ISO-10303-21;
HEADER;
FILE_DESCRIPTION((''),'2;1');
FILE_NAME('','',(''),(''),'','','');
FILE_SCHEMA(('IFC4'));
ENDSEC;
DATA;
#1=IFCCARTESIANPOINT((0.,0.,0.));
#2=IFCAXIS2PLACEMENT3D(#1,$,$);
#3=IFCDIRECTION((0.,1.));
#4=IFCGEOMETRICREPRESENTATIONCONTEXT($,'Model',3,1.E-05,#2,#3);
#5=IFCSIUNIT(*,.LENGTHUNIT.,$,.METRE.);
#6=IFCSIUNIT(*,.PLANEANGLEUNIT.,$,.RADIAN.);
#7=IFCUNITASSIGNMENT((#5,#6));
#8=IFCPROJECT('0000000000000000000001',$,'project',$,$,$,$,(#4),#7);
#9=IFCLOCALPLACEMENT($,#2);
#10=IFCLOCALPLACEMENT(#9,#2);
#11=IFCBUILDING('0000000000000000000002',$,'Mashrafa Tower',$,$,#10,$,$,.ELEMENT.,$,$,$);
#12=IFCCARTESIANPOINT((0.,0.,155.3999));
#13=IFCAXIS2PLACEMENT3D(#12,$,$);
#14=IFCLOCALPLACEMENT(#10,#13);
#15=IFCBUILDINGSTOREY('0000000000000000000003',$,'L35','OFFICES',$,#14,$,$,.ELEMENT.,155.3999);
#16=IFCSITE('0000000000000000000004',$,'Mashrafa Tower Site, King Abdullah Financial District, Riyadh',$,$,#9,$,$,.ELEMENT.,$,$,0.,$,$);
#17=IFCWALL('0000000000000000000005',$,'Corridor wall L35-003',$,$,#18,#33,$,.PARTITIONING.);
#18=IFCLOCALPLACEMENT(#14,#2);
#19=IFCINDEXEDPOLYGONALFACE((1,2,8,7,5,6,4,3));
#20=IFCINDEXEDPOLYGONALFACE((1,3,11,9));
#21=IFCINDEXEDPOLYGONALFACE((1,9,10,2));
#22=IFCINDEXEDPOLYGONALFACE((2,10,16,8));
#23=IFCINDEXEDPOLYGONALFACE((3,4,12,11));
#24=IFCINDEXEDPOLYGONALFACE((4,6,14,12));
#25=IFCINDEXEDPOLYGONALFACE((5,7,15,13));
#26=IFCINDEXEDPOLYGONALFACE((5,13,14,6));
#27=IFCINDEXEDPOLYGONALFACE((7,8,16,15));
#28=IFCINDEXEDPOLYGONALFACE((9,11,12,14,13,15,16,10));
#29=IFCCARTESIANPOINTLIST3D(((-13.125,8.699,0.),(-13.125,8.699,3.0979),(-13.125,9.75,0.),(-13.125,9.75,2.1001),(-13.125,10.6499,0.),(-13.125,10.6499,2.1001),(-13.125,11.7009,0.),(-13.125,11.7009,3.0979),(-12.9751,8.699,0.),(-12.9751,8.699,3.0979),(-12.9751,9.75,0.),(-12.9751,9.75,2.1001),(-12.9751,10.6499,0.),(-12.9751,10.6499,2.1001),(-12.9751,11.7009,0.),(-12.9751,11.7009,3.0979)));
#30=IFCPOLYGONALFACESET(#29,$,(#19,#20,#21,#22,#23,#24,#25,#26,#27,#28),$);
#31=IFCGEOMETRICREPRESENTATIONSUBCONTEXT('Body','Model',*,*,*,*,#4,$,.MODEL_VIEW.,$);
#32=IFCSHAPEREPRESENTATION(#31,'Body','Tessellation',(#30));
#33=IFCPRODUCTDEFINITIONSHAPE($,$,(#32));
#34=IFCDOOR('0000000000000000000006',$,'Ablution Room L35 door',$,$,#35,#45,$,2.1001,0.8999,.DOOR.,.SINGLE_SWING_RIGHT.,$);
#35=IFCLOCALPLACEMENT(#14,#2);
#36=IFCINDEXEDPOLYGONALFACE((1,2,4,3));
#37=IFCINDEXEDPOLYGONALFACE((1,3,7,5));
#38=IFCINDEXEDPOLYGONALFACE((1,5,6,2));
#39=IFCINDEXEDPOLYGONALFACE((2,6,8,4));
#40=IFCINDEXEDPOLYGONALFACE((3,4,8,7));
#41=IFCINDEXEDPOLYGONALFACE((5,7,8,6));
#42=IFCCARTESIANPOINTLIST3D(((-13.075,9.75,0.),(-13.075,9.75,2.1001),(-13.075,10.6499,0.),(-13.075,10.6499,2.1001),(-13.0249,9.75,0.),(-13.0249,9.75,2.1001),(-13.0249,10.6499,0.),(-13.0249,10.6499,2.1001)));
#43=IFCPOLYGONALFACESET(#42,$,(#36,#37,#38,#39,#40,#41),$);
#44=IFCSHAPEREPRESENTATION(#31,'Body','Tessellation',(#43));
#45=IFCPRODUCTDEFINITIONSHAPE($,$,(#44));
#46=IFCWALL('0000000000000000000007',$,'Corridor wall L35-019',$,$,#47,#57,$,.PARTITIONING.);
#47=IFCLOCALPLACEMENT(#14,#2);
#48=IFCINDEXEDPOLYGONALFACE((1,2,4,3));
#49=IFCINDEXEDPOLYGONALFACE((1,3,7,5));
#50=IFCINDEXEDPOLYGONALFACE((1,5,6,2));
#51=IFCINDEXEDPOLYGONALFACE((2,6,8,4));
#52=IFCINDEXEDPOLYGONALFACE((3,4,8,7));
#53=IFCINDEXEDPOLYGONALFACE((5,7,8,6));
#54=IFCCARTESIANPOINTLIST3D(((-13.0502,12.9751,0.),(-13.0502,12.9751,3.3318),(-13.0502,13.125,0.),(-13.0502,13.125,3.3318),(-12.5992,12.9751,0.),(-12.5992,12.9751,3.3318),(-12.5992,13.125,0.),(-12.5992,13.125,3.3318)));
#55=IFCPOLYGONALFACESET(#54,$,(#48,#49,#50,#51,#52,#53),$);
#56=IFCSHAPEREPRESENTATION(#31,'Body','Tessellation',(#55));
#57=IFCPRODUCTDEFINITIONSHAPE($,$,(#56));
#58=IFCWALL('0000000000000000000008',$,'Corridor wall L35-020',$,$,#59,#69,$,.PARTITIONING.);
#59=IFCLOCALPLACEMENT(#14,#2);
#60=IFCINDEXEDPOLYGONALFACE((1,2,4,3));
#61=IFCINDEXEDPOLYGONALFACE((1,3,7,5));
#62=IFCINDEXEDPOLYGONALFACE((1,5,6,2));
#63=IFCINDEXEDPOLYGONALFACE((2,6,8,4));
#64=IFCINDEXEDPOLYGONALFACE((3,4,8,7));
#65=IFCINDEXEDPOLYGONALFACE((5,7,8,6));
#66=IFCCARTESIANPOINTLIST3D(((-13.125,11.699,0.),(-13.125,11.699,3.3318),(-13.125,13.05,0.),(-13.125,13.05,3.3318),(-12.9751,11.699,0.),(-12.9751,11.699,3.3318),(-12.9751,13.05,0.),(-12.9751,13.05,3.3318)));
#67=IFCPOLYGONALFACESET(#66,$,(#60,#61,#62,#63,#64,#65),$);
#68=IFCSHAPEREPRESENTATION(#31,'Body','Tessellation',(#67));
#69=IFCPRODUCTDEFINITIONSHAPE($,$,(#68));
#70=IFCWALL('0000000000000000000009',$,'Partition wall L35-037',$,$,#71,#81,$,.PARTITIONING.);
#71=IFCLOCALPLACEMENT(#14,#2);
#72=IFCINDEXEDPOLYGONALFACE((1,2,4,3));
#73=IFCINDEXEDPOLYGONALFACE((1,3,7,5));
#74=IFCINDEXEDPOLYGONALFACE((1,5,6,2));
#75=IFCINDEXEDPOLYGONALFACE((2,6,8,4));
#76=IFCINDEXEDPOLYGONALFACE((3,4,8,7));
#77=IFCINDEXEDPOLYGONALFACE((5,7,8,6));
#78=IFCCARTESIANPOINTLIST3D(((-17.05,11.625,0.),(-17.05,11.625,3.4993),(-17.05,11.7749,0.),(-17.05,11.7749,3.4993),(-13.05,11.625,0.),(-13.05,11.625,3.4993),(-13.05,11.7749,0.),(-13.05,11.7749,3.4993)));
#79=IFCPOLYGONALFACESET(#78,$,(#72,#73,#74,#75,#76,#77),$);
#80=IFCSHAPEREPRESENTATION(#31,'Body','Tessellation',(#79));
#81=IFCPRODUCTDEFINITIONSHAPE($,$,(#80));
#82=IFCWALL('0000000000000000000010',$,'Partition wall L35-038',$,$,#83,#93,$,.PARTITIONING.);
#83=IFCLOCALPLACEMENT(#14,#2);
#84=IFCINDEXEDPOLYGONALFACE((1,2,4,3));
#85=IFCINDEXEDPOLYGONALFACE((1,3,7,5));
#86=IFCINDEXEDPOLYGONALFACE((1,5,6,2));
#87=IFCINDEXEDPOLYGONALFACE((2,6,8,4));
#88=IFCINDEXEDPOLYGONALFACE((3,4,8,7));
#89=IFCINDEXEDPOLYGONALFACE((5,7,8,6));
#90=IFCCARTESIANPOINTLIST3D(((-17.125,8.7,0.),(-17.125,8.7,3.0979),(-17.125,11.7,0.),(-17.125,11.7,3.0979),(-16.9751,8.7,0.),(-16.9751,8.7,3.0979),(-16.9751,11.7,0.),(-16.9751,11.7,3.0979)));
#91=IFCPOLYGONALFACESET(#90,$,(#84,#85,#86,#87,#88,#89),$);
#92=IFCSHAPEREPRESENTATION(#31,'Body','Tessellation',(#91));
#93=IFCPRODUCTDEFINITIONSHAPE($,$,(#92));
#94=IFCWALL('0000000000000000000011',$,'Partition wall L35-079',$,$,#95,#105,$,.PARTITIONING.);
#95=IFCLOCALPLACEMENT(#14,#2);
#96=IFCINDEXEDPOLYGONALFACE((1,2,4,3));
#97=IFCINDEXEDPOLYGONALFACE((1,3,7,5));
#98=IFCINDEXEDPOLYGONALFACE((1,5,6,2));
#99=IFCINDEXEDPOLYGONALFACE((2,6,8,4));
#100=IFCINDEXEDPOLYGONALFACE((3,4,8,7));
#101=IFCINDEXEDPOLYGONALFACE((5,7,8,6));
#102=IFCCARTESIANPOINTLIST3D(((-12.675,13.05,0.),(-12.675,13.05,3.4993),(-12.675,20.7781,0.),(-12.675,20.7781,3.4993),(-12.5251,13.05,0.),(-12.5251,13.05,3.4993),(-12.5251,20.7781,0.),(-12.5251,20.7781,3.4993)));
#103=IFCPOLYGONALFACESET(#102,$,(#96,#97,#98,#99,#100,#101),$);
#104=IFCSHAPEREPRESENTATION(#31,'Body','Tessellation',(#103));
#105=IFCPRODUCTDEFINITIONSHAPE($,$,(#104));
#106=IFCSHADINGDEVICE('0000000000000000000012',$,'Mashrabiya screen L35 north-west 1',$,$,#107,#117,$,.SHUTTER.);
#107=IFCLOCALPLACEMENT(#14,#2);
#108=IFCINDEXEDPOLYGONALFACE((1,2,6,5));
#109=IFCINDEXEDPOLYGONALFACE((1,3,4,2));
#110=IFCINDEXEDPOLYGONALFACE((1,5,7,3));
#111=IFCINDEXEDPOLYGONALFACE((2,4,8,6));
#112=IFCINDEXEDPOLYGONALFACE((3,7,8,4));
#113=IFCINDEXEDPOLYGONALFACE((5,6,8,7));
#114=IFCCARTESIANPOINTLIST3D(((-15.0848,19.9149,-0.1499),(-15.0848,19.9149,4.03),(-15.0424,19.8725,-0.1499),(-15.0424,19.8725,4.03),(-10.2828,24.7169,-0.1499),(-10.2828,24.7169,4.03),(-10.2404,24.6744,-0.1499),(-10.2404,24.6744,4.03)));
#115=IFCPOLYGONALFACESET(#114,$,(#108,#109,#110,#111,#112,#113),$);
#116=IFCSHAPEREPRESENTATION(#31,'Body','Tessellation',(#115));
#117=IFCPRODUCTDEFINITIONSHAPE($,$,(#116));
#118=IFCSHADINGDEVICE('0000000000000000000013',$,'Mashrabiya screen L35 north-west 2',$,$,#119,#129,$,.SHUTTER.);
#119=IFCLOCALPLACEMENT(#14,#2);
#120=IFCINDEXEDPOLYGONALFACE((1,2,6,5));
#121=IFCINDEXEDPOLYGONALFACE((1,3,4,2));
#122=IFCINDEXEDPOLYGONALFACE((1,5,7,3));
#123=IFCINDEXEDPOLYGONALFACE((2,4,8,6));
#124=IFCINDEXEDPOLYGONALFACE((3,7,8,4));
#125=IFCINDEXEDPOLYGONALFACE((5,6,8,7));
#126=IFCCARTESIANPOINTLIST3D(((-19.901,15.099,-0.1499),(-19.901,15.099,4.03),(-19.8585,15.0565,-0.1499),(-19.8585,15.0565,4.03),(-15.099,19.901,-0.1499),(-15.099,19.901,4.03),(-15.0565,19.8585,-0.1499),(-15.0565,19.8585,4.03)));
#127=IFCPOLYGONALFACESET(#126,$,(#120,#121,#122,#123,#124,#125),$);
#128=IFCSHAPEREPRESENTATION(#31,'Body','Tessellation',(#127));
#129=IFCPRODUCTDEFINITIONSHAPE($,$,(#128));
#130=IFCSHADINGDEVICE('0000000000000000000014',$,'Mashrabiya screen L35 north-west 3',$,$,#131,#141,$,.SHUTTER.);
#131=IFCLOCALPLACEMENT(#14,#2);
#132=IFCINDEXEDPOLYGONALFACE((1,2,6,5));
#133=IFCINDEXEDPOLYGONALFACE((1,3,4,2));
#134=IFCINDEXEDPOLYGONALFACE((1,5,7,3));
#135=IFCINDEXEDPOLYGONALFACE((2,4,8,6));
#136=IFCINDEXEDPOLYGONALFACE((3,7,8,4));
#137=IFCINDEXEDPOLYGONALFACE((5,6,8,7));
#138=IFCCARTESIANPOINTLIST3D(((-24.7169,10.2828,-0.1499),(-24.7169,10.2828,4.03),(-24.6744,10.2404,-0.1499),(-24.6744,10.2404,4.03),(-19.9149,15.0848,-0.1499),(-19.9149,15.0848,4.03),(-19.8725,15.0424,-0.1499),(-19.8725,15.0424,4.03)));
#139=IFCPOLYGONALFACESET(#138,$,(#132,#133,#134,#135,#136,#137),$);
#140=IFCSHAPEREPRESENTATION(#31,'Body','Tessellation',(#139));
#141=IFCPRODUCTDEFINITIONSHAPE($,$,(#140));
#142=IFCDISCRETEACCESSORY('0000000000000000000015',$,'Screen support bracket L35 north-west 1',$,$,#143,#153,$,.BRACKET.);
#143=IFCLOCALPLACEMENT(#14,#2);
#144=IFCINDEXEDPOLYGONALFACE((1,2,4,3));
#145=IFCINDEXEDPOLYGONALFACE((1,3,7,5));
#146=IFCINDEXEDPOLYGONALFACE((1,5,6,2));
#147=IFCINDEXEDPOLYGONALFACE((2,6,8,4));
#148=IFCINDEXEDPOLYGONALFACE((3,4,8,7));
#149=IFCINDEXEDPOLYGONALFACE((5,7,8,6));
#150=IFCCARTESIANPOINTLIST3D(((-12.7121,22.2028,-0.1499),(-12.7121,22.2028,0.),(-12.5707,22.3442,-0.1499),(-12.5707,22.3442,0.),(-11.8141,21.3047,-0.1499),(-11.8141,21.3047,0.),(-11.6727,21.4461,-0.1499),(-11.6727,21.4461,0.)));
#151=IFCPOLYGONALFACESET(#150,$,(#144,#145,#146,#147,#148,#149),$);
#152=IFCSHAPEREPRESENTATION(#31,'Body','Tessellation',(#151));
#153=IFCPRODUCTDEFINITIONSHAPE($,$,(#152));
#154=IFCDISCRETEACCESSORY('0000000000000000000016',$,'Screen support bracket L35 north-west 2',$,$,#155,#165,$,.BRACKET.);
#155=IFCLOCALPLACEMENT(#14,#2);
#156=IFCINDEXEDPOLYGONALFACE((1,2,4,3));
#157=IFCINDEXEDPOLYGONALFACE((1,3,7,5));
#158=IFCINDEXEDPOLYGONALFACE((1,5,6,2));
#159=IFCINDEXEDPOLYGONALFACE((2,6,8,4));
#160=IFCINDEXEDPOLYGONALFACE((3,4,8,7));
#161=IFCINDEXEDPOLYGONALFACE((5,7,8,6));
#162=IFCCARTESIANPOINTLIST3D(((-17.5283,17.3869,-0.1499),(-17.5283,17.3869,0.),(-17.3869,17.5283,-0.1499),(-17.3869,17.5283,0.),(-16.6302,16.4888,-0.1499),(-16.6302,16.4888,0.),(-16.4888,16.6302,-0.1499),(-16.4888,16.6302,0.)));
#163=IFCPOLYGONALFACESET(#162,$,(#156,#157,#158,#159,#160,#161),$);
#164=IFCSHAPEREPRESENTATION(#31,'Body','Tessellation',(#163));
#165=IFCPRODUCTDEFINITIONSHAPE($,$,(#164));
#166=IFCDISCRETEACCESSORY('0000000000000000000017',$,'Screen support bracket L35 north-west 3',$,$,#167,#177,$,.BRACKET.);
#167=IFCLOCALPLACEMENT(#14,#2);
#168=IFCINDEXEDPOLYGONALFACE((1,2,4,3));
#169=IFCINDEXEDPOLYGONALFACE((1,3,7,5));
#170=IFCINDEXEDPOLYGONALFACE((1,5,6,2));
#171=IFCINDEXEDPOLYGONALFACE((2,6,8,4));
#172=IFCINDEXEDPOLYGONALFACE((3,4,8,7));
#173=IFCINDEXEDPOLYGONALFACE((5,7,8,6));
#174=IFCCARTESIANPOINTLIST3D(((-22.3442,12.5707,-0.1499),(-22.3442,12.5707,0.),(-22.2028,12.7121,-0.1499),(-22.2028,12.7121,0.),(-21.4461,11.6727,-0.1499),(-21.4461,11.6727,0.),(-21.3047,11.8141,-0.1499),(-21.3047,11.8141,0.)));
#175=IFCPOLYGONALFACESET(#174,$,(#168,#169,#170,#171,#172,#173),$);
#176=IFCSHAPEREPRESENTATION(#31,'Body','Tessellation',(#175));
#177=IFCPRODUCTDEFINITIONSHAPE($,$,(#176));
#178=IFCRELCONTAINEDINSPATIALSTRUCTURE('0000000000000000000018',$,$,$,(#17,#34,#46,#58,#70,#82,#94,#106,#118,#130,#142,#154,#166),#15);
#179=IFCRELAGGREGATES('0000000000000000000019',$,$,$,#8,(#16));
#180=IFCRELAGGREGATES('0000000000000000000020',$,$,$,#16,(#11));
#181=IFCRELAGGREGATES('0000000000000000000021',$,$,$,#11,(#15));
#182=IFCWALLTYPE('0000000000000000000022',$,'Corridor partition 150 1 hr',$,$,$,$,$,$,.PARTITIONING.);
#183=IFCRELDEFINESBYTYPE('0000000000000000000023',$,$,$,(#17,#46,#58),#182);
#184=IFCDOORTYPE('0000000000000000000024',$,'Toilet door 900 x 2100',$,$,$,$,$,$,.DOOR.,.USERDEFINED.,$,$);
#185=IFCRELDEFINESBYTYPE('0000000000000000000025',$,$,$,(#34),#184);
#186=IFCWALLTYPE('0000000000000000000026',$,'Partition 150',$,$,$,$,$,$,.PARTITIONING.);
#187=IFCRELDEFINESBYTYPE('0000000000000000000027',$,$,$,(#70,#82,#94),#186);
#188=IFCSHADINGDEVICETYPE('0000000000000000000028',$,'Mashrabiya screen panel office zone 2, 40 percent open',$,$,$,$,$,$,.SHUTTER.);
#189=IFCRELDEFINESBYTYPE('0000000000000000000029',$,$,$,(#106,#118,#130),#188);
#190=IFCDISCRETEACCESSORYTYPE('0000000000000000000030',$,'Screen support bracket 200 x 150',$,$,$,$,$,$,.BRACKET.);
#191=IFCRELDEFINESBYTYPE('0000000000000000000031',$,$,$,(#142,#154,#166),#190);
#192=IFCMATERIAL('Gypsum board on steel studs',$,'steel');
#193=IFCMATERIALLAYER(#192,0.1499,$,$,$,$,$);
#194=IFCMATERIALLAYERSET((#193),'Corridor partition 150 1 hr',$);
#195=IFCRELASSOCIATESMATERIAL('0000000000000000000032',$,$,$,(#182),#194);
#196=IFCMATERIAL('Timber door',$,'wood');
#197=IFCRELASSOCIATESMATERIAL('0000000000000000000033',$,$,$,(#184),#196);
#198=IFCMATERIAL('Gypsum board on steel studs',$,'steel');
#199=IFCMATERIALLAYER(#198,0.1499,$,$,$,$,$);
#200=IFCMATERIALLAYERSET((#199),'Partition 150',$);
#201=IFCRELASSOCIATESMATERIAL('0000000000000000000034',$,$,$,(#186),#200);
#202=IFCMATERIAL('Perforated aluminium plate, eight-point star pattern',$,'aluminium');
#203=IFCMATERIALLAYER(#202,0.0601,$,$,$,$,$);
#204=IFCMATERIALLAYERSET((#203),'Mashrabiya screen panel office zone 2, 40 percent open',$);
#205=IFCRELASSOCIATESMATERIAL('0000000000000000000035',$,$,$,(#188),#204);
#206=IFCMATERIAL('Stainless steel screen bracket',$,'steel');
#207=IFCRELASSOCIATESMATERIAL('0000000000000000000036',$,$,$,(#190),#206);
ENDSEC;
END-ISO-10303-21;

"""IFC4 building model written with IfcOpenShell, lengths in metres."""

from ifc_helpers import new_model, si_unit, direction, frame, frame_2d, origin, origin_2d, place, context, subcontext, project, spatial, rectangle, extrude, source, transform, mapped, material, layer, layer_set, type_object, type_shapes, element, fill, save


model = new_model("IFC4")

# Units and contexts
model_context = context("Model", 3, precision=1e-05, world=origin(), true_north=direction((0.0, 1.0)))
body_context = subcontext(model_context, "Body", "Model", "MODEL_VIEW")
ifc_project = project(units=[si_unit("LENGTHUNIT", "METRE"), si_unit("PLANEANGLEUNIT", "RADIAN")], contexts=[model_context])

# Site, building, storey
site_placement = place(None, origin())
site = spatial("IfcSite", under=ifc_project, at=site_placement, Name="Mashrafa Tower Site, King Abdullah Financial District, Riyadh", CompositionType="ELEMENT", RefElevation=0.0)
building_placement = place(site_placement, origin())
building = spatial("IfcBuilding", under=site, at=building_placement, Name="Mashrafa Tower", CompositionType="ELEMENT")
storey_placement = place(building_placement, frame((0.0, 0.0, 155.3999)))
storey = spatial("IfcBuildingStorey", under=building, at=storey_placement, Name="L35", Description="OFFICES", CompositionType="ELEMENT", Elevation=155.3999)

# Wall, opening, door
ifc_material_1 = material(Name="Gypsum board on steel studs", Category="steel")
ifc_layer_1 = layer(ifc_material_1, 0.1499)
ifc_layer_set_1 = layer_set([ifc_layer_1], Name="Corridor partition 150 1 hr")
wall_type_1 = type_object("IfcWallType", Name="Corridor partition 150 1 hr", PredefinedType="PARTITIONING", material=ifc_layer_set_1)
wall_1_placement = place(storey_placement, frame((-13.05, 11.7009, 0.0), z_axis=(0.0, 0.0, 1.0), x_axis=(0.0, -1.0, 0.0)))
wall_1 = element("IfcWall", 1, at=wall_1_placement, inside=storey, type_object=wall_type_1, Name="Corridor wall L35-003", PredefinedType="PARTITIONING", context=body_context, shape_type="SweptSolid", body=[
    extrude(rectangle(XDim=3.002, YDim=0.1499, at=frame_2d((1.501, 0.0))), origin(), (0.0, 0.0, 1.0), 3.0979),
])
opening_placement = place(wall_1_placement, frame((1.051, 0.0, 0.0)))
opening = element("IfcOpeningElement", 2, at=opening_placement, cuts=wall_1, PredefinedType="OPENING", context=body_context, shape_type="SweptSolid", body=[
    extrude(rectangle(XDim=0.8999, YDim=2.1001, at=frame_2d((0.45, 1.05))), frame((0.0, 0.085, 0.0), z_axis=(0.0, -1.0, 0.0), x_axis=(1.0, 0.0, 0.0)), (0.0, 0.0, 1.0), 0.1699),
])
ifc_material_2 = material(Name="Timber door", Category="wood")
door_type = type_object("IfcDoorType", Name="Toilet door 900 x 2100", OperationType="USERDEFINED", PredefinedType="DOOR", material=ifc_material_2)
door_placement = place(opening_placement, frame((0.8999, 0.0, 0.0), z_axis=(0.0, 0.0, 1.0), x_axis=(-1.0, 0.0, 0.0)))
door = element("IfcDoor", 3, at=door_placement, inside=storey, type_object=door_type, Name="Ablution Room L35 door", OperationType="SINGLE_SWING_RIGHT", OverallHeight=2.1001, OverallWidth=0.8999, PredefinedType="DOOR", context=body_context, shape_type="SweptSolid", body=[
    extrude(rectangle(XDim=0.8999, YDim=2.1001, at=frame_2d((0.45, 1.05))), frame((0.0, 0.0249, 0.0), z_axis=(0.0, -1.0, 0.0), x_axis=(1.0, 0.0, 0.0)), (0.0, 0.0, 1.0), 0.05),
])
fill(opening, door)

# Walls
wall_2_placement = place(storey_placement, frame((-12.5991, 13.05, 0.0), z_axis=(0.0, 0.0, 1.0), x_axis=(-1.0, 0.0, 0.0)))
element("IfcWall", 4, at=wall_2_placement, inside=storey, type_object=wall_type_1, Name="Corridor wall L35-019", PredefinedType="PARTITIONING", context=body_context, shape_type="SweptSolid", body=[
    extrude(rectangle(XDim=0.4509, YDim=0.1499, at=frame_2d((0.2256, 0.0))), origin(), (0.0, 0.0, 1.0), 3.3318),
])
wall_3_placement = place(storey_placement, frame((-13.05, 13.05, 0.0), z_axis=(0.0, 0.0, 1.0), x_axis=(0.0, -1.0, 0.0)))
element("IfcWall", 5, at=wall_3_placement, inside=storey, type_object=wall_type_1, Name="Corridor wall L35-020", PredefinedType="PARTITIONING", context=body_context, shape_type="SweptSolid", body=[
    extrude(rectangle(XDim=1.3511, YDim=0.1499, at=frame_2d((0.6755, 0.0))), origin(), (0.0, 0.0, 1.0), 3.3318),
])
ifc_material_3 = material(Name="Gypsum board on steel studs", Category="steel")
ifc_layer_2 = layer(ifc_material_3, 0.1499)
ifc_layer_set_2 = layer_set([ifc_layer_2], Name="Partition 150")
wall_type_2 = type_object("IfcWallType", Name="Partition 150", PredefinedType="PARTITIONING", material=ifc_layer_set_2)
wall_4_placement = place(storey_placement, frame((-13.05, 11.7, 0.0), z_axis=(0.0, 0.0, 1.0), x_axis=(-1.0, 0.0, 0.0)))
element("IfcWall", 6, at=wall_4_placement, inside=storey, type_object=wall_type_2, Name="Partition wall L35-037", PredefinedType="PARTITIONING", context=body_context, shape_type="SweptSolid", body=[
    extrude(rectangle(XDim=4.0, YDim=0.1499, at=frame_2d((2.0, 0.0))), origin(), (0.0, 0.0, 1.0), 3.4993),
])
wall_5_placement = place(storey_placement, frame((-17.05, 11.7, 0.0), z_axis=(0.0, 0.0, 1.0), x_axis=(0.0, -1.0, 0.0)))
element("IfcWall", 7, at=wall_5_placement, inside=storey, type_object=wall_type_2, Name="Partition wall L35-038", PredefinedType="PARTITIONING", context=body_context, shape_type="SweptSolid", body=[
    extrude(rectangle(XDim=3.0, YDim=0.1499, at=frame_2d((1.5, 0.0))), origin(), (0.0, 0.0, 1.0), 3.0979),
])
wall_6_placement = place(storey_placement, frame((-12.6001, 13.05, 0.0), z_axis=(0.0, 0.0, 1.0), x_axis=(0.0, 1.0, 0.0)))
element("IfcWall", 8, at=wall_6_placement, inside=storey, type_object=wall_type_2, Name="Partition wall L35-079", PredefinedType="PARTITIONING", context=body_context, shape_type="SweptSolid", body=[
    extrude(rectangle(XDim=7.728, YDim=0.1499, at=frame_2d((3.864, 0.0))), origin(), (0.0, 0.0, 1.0), 3.4993),
])

# Shading devices
ifc_material_4 = material(Name="Perforated aluminium plate, eight-point star pattern", Category="aluminium")
ifc_layer_3 = layer(ifc_material_4, 0.0601)
ifc_layer_set_3 = layer_set([ifc_layer_3], Name="Mashrabiya screen panel office zone 2, 40 percent open")
shading_device_type = type_object("IfcShadingDeviceType", Name="Mashrabiya screen panel office zone 2, 40 percent open", PredefinedType="SHUTTER", material=ifc_layer_set_3)
shared_shape_1 = source(origin(), body_context, "Body", "SweptSolid", [
    extrude(rectangle(XDim=6.791, YDim=0.0601, at=origin_2d()), origin(), (0.0, 0.0, 1.0), 4.1799),
])
type_shapes(shading_device_type, [shared_shape_1])
for number, where, z_axis, x_axis, name in (
    (9, (-12.6626, 22.2947, -0.1499), (0.0, 0.0, 1.0), (-0.707107, -0.707107, 0.0), "Mashrabiya screen L35 north-west 1"),
    (10, (-17.4788, 17.4788, -0.1499), (0.0, 0.0, 1.0), (-0.707107, -0.707107, 0.0), "Mashrabiya screen L35 north-west 2"),
    (11, (-22.2947, 12.6626, -0.1499), (0.0, 0.0, 1.0), (-0.707107, -0.707107, 0.0), "Mashrabiya screen L35 north-west 3"),
):
    element("IfcShadingDevice", number, at=place(storey_placement, frame(where, z_axis=z_axis, x_axis=x_axis)), inside=storey, type_object=shading_device_type, Name=name, PredefinedType="SHUTTER", context=body_context, shape_type="MappedRepresentation", body=[
        mapped(shared_shape_1, transform((0.0, 0.0, 0.0))),
    ])

# Discrete accessories
ifc_material_5 = material(Name="Stainless steel screen bracket", Category="steel")
discrete_accessory_type = type_object("IfcDiscreteAccessoryType", Name="Screen support bracket 200 x 150", PredefinedType="BRACKET", material=ifc_material_5)
shared_shape_2 = source(origin(), body_context, "Body", "SweptSolid", [
    extrude(rectangle(XDim=0.2, YDim=1.27, at=origin_2d()), origin(), (0.0, 0.0, 1.0), 0.1499),
])
type_shapes(discrete_accessory_type, [shared_shape_2])
for number, where, z_axis, x_axis, name in (
    (12, (-12.1924, 21.8245, -0.1499), (0.0, 0.0, 1.0), (-0.707107, -0.707107, 0.0), "Screen support bracket L35 north-west 1"),
    (13, (-17.0085, 17.0085, -0.1499), (0.0, 0.0, 1.0), (-0.707107, -0.707107, 0.0), "Screen support bracket L35 north-west 2"),
    (14, (-21.8245, 12.1924, -0.1499), (0.0, 0.0, 1.0), (-0.707107, -0.707107, 0.0), "Screen support bracket L35 north-west 3"),
):
    element("IfcDiscreteAccessory", number, at=place(storey_placement, frame(where, z_axis=z_axis, x_axis=x_axis)), inside=storey, type_object=discrete_accessory_type, Name=name, PredefinedType="BRACKET", context=body_context, shape_type="MappedRepresentation", body=[
        mapped(shared_shape_2, transform((0.0, 0.0, 0.0))),
    ])

save(model, "model.ifc")
